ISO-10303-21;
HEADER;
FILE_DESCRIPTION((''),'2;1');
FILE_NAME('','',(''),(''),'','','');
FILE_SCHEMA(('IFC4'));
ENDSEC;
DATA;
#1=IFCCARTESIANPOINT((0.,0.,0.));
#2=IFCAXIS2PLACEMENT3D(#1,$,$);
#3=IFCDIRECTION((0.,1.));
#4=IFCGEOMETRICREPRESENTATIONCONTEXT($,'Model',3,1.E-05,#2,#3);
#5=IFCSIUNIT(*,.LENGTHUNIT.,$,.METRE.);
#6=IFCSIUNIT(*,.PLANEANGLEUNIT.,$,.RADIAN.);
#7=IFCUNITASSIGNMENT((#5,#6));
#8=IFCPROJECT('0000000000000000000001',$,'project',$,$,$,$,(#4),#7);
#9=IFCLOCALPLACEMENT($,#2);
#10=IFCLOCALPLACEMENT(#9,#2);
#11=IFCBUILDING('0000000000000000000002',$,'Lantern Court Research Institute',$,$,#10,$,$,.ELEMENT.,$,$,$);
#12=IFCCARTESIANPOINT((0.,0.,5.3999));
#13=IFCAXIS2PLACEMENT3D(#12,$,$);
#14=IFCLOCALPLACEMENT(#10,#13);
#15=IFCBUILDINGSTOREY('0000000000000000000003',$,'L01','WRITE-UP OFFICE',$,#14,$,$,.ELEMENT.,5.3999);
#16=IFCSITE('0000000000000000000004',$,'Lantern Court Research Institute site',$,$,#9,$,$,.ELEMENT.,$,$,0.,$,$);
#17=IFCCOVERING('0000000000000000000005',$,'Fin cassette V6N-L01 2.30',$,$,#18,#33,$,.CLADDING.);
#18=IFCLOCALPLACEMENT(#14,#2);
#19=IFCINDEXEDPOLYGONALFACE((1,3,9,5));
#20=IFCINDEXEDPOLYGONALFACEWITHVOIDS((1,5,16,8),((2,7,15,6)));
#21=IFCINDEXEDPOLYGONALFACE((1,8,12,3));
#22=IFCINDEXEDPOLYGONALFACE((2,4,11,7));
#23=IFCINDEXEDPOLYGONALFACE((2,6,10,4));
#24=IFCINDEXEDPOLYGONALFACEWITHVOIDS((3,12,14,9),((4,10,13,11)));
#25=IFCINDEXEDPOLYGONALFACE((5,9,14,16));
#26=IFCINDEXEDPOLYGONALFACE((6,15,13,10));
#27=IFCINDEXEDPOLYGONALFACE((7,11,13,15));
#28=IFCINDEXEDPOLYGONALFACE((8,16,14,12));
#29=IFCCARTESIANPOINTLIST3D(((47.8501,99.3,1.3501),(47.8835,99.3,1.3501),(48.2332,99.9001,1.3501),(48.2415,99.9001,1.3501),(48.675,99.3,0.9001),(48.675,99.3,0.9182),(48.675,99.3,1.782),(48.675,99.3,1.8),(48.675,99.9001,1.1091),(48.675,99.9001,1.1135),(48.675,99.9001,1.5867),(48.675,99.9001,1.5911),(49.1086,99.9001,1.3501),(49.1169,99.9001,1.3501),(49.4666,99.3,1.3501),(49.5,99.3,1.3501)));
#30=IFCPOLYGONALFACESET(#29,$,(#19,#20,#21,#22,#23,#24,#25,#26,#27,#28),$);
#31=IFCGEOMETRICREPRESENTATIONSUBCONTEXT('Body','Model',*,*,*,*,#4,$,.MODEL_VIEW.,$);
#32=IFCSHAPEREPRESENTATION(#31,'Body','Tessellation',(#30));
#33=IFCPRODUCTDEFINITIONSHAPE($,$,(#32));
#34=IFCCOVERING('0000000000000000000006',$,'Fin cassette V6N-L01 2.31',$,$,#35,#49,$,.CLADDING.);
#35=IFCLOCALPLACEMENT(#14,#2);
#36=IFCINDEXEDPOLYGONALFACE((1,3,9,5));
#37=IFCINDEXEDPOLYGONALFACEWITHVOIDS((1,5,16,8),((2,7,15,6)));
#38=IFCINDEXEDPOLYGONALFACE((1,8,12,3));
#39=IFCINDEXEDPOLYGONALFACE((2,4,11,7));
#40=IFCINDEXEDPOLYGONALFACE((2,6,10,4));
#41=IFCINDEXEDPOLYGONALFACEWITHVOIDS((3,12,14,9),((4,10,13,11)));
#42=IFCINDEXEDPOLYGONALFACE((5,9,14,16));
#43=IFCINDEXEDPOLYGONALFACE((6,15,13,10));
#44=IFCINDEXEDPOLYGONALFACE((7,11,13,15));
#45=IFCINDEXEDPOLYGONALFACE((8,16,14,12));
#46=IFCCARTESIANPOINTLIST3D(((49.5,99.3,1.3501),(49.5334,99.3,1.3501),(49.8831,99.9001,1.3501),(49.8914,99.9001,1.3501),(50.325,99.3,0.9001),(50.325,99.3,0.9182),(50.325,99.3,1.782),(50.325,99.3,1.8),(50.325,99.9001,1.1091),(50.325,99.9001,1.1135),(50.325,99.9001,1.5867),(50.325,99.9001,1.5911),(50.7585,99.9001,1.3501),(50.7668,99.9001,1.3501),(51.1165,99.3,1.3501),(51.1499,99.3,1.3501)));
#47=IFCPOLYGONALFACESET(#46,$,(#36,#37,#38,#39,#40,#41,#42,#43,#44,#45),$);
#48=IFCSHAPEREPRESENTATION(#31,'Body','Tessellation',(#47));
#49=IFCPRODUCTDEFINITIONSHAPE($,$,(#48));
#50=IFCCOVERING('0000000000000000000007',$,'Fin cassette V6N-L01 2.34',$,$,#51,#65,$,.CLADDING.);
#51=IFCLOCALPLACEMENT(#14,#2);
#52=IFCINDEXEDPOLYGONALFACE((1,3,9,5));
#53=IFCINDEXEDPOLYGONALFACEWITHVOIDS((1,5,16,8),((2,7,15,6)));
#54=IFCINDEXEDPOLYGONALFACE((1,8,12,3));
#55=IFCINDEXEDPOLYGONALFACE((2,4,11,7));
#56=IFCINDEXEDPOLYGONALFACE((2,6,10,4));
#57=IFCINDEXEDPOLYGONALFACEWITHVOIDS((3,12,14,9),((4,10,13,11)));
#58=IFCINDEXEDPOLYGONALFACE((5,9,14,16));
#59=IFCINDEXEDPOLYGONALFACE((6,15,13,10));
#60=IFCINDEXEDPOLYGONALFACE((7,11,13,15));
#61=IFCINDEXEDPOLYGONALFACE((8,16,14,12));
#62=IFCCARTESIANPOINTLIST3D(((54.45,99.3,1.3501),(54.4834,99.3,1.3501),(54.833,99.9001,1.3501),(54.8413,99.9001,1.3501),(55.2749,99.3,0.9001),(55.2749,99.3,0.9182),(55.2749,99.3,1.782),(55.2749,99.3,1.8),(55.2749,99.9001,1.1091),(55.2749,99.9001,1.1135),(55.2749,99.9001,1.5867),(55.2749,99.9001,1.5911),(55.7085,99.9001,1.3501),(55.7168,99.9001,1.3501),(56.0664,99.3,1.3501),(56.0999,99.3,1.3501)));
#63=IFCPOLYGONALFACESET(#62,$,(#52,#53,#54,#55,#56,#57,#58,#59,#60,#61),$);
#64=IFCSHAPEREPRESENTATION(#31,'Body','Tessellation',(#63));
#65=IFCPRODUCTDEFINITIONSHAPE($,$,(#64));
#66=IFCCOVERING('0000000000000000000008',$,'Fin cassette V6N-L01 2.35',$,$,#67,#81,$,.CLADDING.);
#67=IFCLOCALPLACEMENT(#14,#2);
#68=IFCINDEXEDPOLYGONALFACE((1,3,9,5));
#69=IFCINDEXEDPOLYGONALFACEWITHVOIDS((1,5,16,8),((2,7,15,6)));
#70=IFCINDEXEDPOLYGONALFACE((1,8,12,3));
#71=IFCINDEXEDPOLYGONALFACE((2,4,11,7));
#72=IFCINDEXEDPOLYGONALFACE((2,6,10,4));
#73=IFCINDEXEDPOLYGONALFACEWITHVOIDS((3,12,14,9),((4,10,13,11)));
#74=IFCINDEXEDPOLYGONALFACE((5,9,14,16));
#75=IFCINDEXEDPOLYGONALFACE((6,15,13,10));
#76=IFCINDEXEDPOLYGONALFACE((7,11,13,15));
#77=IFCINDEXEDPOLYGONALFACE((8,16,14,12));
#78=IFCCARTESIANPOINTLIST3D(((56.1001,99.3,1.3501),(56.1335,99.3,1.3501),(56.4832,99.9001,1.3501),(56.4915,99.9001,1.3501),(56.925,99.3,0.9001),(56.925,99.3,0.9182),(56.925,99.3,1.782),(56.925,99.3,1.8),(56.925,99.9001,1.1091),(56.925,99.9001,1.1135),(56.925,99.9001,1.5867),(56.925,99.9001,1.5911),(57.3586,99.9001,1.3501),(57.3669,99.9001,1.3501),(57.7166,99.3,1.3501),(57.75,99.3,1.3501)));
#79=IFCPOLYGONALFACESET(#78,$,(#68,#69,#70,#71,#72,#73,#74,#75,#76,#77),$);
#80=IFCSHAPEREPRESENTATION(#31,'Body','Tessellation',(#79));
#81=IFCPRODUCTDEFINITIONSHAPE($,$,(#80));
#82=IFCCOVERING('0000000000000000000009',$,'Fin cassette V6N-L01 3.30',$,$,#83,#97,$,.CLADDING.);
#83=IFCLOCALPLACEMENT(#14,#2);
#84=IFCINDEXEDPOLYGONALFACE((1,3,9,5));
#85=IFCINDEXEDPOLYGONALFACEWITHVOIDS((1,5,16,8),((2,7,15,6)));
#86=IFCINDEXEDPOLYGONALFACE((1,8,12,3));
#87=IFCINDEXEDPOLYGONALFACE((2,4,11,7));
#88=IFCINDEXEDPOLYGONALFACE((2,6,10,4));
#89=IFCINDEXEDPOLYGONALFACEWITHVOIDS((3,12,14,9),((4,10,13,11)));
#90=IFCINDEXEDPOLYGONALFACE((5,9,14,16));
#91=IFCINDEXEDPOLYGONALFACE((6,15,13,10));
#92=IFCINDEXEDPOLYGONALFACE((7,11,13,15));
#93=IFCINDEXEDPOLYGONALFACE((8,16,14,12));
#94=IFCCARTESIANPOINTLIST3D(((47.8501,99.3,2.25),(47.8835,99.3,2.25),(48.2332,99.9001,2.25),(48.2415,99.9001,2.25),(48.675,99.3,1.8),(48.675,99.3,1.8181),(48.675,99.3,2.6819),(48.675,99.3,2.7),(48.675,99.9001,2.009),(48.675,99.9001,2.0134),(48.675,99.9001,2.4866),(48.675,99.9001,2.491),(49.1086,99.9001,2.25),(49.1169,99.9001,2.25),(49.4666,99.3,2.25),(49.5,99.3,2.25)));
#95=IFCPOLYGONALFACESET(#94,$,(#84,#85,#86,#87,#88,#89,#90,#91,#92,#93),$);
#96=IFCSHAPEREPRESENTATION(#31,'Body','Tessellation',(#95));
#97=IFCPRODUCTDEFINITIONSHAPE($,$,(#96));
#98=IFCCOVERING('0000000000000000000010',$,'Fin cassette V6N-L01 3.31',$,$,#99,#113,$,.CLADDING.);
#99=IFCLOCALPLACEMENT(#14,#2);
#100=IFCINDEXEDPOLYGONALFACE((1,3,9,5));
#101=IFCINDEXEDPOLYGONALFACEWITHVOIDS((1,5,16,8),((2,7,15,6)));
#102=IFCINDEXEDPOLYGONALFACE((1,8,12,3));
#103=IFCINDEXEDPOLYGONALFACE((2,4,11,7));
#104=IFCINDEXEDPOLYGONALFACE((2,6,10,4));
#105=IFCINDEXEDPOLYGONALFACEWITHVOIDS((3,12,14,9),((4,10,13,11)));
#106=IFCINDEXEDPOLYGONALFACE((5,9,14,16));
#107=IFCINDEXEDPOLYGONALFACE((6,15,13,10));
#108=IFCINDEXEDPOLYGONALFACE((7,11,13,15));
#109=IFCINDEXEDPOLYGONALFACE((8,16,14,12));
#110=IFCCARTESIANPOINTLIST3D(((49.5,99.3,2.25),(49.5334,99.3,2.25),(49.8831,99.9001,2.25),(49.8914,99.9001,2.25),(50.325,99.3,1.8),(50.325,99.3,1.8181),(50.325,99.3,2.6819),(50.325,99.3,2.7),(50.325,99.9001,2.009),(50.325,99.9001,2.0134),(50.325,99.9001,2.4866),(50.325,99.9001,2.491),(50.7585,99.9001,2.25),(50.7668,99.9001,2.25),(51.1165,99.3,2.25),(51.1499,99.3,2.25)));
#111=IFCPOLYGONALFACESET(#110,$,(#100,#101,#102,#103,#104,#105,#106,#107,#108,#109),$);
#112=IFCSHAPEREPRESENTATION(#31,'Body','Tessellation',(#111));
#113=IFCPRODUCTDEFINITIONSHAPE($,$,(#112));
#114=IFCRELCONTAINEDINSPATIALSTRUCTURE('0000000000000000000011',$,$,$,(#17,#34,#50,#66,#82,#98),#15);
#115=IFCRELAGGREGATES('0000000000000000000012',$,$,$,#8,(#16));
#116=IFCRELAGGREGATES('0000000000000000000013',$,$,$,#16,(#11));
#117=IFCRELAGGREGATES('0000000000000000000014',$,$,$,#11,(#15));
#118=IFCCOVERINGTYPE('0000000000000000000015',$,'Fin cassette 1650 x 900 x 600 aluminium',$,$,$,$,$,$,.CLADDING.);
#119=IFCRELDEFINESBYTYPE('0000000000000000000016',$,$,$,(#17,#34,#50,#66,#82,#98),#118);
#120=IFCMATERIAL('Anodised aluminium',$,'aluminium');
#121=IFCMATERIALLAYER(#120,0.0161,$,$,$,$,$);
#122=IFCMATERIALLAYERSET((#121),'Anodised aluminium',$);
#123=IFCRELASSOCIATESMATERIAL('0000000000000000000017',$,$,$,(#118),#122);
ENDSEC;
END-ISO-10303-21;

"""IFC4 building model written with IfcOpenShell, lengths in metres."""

from ifc_helpers import new_model, entity, si_unit, direction, frame, origin, place, context, subcontext, project, spatial, material, layer, layer_set, type_object, element, save


model = new_model("IFC4")

# Units and contexts
model_context = context("Model", 3, precision=1e-05, world=origin(), true_north=direction((0.0, 1.0)))
body_context = subcontext(model_context, "Body", "Model", "MODEL_VIEW")
ifc_project = project(units=[si_unit("LENGTHUNIT", "METRE"), si_unit("PLANEANGLEUNIT", "RADIAN")], contexts=[model_context])

# Site, building, storey
site_placement = place(None, origin())
site = spatial("IfcSite", under=ifc_project, at=site_placement, Name="Lantern Court Research Institute site", CompositionType="ELEMENT", RefElevation=0.0)
building_placement = place(site_placement, origin())
building = spatial("IfcBuilding", under=site, at=building_placement, Name="Lantern Court Research Institute", CompositionType="ELEMENT")
storey_placement = place(building_placement, frame((0.0, 0.0, 5.3999)))
storey = spatial("IfcBuildingStorey", under=building, at=storey_placement, Name="L01", Description="WRITE-UP OFFICE", CompositionType="ELEMENT", Elevation=5.3999)

# Coverings
ifc_material_1 = material(Name="Anodised aluminium", Category="aluminium")
ifc_layer_1 = layer(ifc_material_1, 0.0161)
ifc_layer_set_1 = layer_set([ifc_layer_1], Name="Anodised aluminium")
covering_type_1 = type_object("IfcCoveringType", Name="Fin cassette 1650 x 900 x 600 aluminium", PredefinedType="CLADDING", material=ifc_layer_set_1)
covering_1_placement = place(storey_placement, frame((48.675, 99.3, 1.3501), z_axis=(0.0, 1.0, 0.0), x_axis=(-1.0, 0.0, 0.0)))
cartesian_point_1 = entity("IfcCartesianPoint", [0.825, 0.0])
cartesian_point_2 = entity("IfcCartesianPoint", [0.7915, 0.0])
cartesian_point_3 = entity("IfcCartesianPoint", [0.4419, 0.0])
cartesian_point_4 = entity("IfcCartesianPoint", [0.4336, 0.0])
element("IfcCovering", 1, at=covering_1_placement, inside=storey, type_object=covering_type_1, Name="Fin cassette V6N-L01 2.30", PredefinedType="CLADDING", context=body_context, shape_type="SweptSolid", body=[
    entity("IfcExtrudedAreaSolidTapered", entity("IfcArbitraryProfileDefWithVoids", "AREA", None, entity("IfcPolyline", [cartesian_point_1, entity("IfcCartesianPoint", [0.0, 0.45]), entity("IfcCartesianPoint", [-0.825, 0.0]), entity("IfcCartesianPoint", [0.0, -0.45]), cartesian_point_1]), [entity("IfcPolyline", [cartesian_point_2, entity("IfcCartesianPoint", [0.0, 0.4319]), entity("IfcCartesianPoint", [-0.7915, 0.0]), entity("IfcCartesianPoint", [0.0, -0.4319]), cartesian_point_2])]), entity("IfcAxis2Placement3D", entity("IfcCartesianPoint", [0.0, 0.0, 0.0])), entity("IfcDirection", [0.0, 0.0, 1.0]), 0.6001, entity("IfcArbitraryProfileDefWithVoids", "AREA", None, entity("IfcPolyline", [cartesian_point_3, entity("IfcCartesianPoint", [0.0, 0.241]), entity("IfcCartesianPoint", [-0.4419, 0.0]), entity("IfcCartesianPoint", [0.0, -0.241]), cartesian_point_3]), [entity("IfcPolyline", [cartesian_point_4, entity("IfcCartesianPoint", [0.0, 0.2366]), entity("IfcCartesianPoint", [-0.4336, 0.0]), entity("IfcCartesianPoint", [0.0, -0.2366]), cartesian_point_4])])),
])
covering_2_placement = place(storey_placement, frame((50.325, 99.3, 1.3501), z_axis=(0.0, 1.0, 0.0), x_axis=(-1.0, 0.0, 0.0)))
cartesian_point_5 = entity("IfcCartesianPoint", [0.825, 0.0])
cartesian_point_6 = entity("IfcCartesianPoint", [0.7915, 0.0])
cartesian_point_7 = entity("IfcCartesianPoint", [0.4419, 0.0])
cartesian_point_8 = entity("IfcCartesianPoint", [0.4336, 0.0])
element("IfcCovering", 2, at=covering_2_placement, inside=storey, type_object=covering_type_1, Name="Fin cassette V6N-L01 2.31", PredefinedType="CLADDING", context=body_context, shape_type="SweptSolid", body=[
    entity("IfcExtrudedAreaSolidTapered", entity("IfcArbitraryProfileDefWithVoids", "AREA", None, entity("IfcPolyline", [cartesian_point_5, entity("IfcCartesianPoint", [0.0, 0.45]), entity("IfcCartesianPoint", [-0.825, 0.0]), entity("IfcCartesianPoint", [0.0, -0.45]), cartesian_point_5]), [entity("IfcPolyline", [cartesian_point_6, entity("IfcCartesianPoint", [0.0, 0.4319]), entity("IfcCartesianPoint", [-0.7915, 0.0]), entity("IfcCartesianPoint", [0.0, -0.4319]), cartesian_point_6])]), entity("IfcAxis2Placement3D", entity("IfcCartesianPoint", [0.0, 0.0, 0.0])), entity("IfcDirection", [0.0, 0.0, 1.0]), 0.6001, entity("IfcArbitraryProfileDefWithVoids", "AREA", None, entity("IfcPolyline", [cartesian_point_7, entity("IfcCartesianPoint", [0.0, 0.241]), entity("IfcCartesianPoint", [-0.4419, 0.0]), entity("IfcCartesianPoint", [0.0, -0.241]), cartesian_point_7]), [entity("IfcPolyline", [cartesian_point_8, entity("IfcCartesianPoint", [0.0, 0.2366]), entity("IfcCartesianPoint", [-0.4336, 0.0]), entity("IfcCartesianPoint", [0.0, -0.2366]), cartesian_point_8])])),
])
covering_3_placement = place(storey_placement, frame((55.2749, 99.3, 1.3501), z_axis=(0.0, 1.0, 0.0), x_axis=(-1.0, 0.0, 0.0)))
cartesian_point_9 = entity("IfcCartesianPoint", [0.825, 0.0])
cartesian_point_10 = entity("IfcCartesianPoint", [0.7915, 0.0])
cartesian_point_11 = entity("IfcCartesianPoint", [0.4419, 0.0])
cartesian_point_12 = entity("IfcCartesianPoint", [0.4336, 0.0])
element("IfcCovering", 3, at=covering_3_placement, inside=storey, type_object=covering_type_1, Name="Fin cassette V6N-L01 2.34", PredefinedType="CLADDING", context=body_context, shape_type="SweptSolid", body=[
    entity("IfcExtrudedAreaSolidTapered", entity("IfcArbitraryProfileDefWithVoids", "AREA", None, entity("IfcPolyline", [cartesian_point_9, entity("IfcCartesianPoint", [0.0, 0.45]), entity("IfcCartesianPoint", [-0.825, 0.0]), entity("IfcCartesianPoint", [0.0, -0.45]), cartesian_point_9]), [entity("IfcPolyline", [cartesian_point_10, entity("IfcCartesianPoint", [0.0, 0.4319]), entity("IfcCartesianPoint", [-0.7915, 0.0]), entity("IfcCartesianPoint", [0.0, -0.4319]), cartesian_point_10])]), entity("IfcAxis2Placement3D", entity("IfcCartesianPoint", [0.0, 0.0, 0.0])), entity("IfcDirection", [0.0, 0.0, 1.0]), 0.6001, entity("IfcArbitraryProfileDefWithVoids", "AREA", None, entity("IfcPolyline", [cartesian_point_11, entity("IfcCartesianPoint", [0.0, 0.241]), entity("IfcCartesianPoint", [-0.4419, 0.0]), entity("IfcCartesianPoint", [0.0, -0.241]), cartesian_point_11]), [entity("IfcPolyline", [cartesian_point_12, entity("IfcCartesianPoint", [0.0, 0.2366]), entity("IfcCartesianPoint", [-0.4336, 0.0]), entity("IfcCartesianPoint", [0.0, -0.2366]), cartesian_point_12])])),
])
covering_4_placement = place(storey_placement, frame((56.925, 99.3, 1.3501), z_axis=(0.0, 1.0, 0.0), x_axis=(-1.0, 0.0, 0.0)))
cartesian_point_13 = entity("IfcCartesianPoint", [0.825, 0.0])
cartesian_point_14 = entity("IfcCartesianPoint", [0.7915, 0.0])
cartesian_point_15 = entity("IfcCartesianPoint", [0.4419, 0.0])
cartesian_point_16 = entity("IfcCartesianPoint", [0.4336, 0.0])
element("IfcCovering", 4, at=covering_4_placement, inside=storey, type_object=covering_type_1, Name="Fin cassette V6N-L01 2.35", PredefinedType="CLADDING", context=body_context, shape_type="SweptSolid", body=[
    entity("IfcExtrudedAreaSolidTapered", entity("IfcArbitraryProfileDefWithVoids", "AREA", None, entity("IfcPolyline", [cartesian_point_13, entity("IfcCartesianPoint", [0.0, 0.45]), entity("IfcCartesianPoint", [-0.825, 0.0]), entity("IfcCartesianPoint", [0.0, -0.45]), cartesian_point_13]), [entity("IfcPolyline", [cartesian_point_14, entity("IfcCartesianPoint", [0.0, 0.4319]), entity("IfcCartesianPoint", [-0.7915, 0.0]), entity("IfcCartesianPoint", [0.0, -0.4319]), cartesian_point_14])]), entity("IfcAxis2Placement3D", entity("IfcCartesianPoint", [0.0, 0.0, 0.0])), entity("IfcDirection", [0.0, 0.0, 1.0]), 0.6001, entity("IfcArbitraryProfileDefWithVoids", "AREA", None, entity("IfcPolyline", [cartesian_point_15, entity("IfcCartesianPoint", [0.0, 0.241]), entity("IfcCartesianPoint", [-0.4419, 0.0]), entity("IfcCartesianPoint", [0.0, -0.241]), cartesian_point_15]), [entity("IfcPolyline", [cartesian_point_16, entity("IfcCartesianPoint", [0.0, 0.2366]), entity("IfcCartesianPoint", [-0.4336, 0.0]), entity("IfcCartesianPoint", [0.0, -0.2366]), cartesian_point_16])])),
])
covering_5_placement = place(storey_placement, frame((48.675, 99.3, 2.25), z_axis=(0.0, 1.0, 0.0), x_axis=(-1.0, 0.0, 0.0)))
cartesian_point_17 = entity("IfcCartesianPoint", [0.825, 0.0])
cartesian_point_18 = entity("IfcCartesianPoint", [0.7915, 0.0])
cartesian_point_19 = entity("IfcCartesianPoint", [0.4419, 0.0])
cartesian_point_20 = entity("IfcCartesianPoint", [0.4336, 0.0])
element("IfcCovering", 5, at=covering_5_placement, inside=storey, type_object=covering_type_1, Name="Fin cassette V6N-L01 3.30", PredefinedType="CLADDING", context=body_context, shape_type="SweptSolid", body=[
    entity("IfcExtrudedAreaSolidTapered", entity("IfcArbitraryProfileDefWithVoids", "AREA", None, entity("IfcPolyline", [cartesian_point_17, entity("IfcCartesianPoint", [0.0, 0.45]), entity("IfcCartesianPoint", [-0.825, 0.0]), entity("IfcCartesianPoint", [0.0, -0.45]), cartesian_point_17]), [entity("IfcPolyline", [cartesian_point_18, entity("IfcCartesianPoint", [0.0, 0.4319]), entity("IfcCartesianPoint", [-0.7915, 0.0]), entity("IfcCartesianPoint", [0.0, -0.4319]), cartesian_point_18])]), entity("IfcAxis2Placement3D", entity("IfcCartesianPoint", [0.0, 0.0, 0.0])), entity("IfcDirection", [0.0, 0.0, 1.0]), 0.6001, entity("IfcArbitraryProfileDefWithVoids", "AREA", None, entity("IfcPolyline", [cartesian_point_19, entity("IfcCartesianPoint", [0.0, 0.241]), entity("IfcCartesianPoint", [-0.4419, 0.0]), entity("IfcCartesianPoint", [0.0, -0.241]), cartesian_point_19]), [entity("IfcPolyline", [cartesian_point_20, entity("IfcCartesianPoint", [0.0, 0.2366]), entity("IfcCartesianPoint", [-0.4336, 0.0]), entity("IfcCartesianPoint", [0.0, -0.2366]), cartesian_point_20])])),
])
covering_6_placement = place(storey_placement, frame((50.325, 99.3, 2.25), z_axis=(0.0, 1.0, 0.0), x_axis=(-1.0, 0.0, 0.0)))
cartesian_point_21 = entity("IfcCartesianPoint", [0.825, 0.0])
cartesian_point_22 = entity("IfcCartesianPoint", [0.7915, 0.0])
cartesian_point_23 = entity("IfcCartesianPoint", [0.4419, 0.0])
cartesian_point_24 = entity("IfcCartesianPoint", [0.4336, 0.0])
element("IfcCovering", 6, at=covering_6_placement, inside=storey, type_object=covering_type_1, Name="Fin cassette V6N-L01 3.31", PredefinedType="CLADDING", context=body_context, shape_type="SweptSolid", body=[
    entity("IfcExtrudedAreaSolidTapered", entity("IfcArbitraryProfileDefWithVoids", "AREA", None, entity("IfcPolyline", [cartesian_point_21, entity("IfcCartesianPoint", [0.0, 0.45]), entity("IfcCartesianPoint", [-0.825, 0.0]), entity("IfcCartesianPoint", [0.0, -0.45]), cartesian_point_21]), [entity("IfcPolyline", [cartesian_point_22, entity("IfcCartesianPoint", [0.0, 0.4319]), entity("IfcCartesianPoint", [-0.7915, 0.0]), entity("IfcCartesianPoint", [0.0, -0.4319]), cartesian_point_22])]), entity("IfcAxis2Placement3D", entity("IfcCartesianPoint", [0.0, 0.0, 0.0])), entity("IfcDirection", [0.0, 0.0, 1.0]), 0.6001, entity("IfcArbitraryProfileDefWithVoids", "AREA", None, entity("IfcPolyline", [cartesian_point_23, entity("IfcCartesianPoint", [0.0, 0.241]), entity("IfcCartesianPoint", [-0.4419, 0.0]), entity("IfcCartesianPoint", [0.0, -0.241]), cartesian_point_23]), [entity("IfcPolyline", [cartesian_point_24, entity("IfcCartesianPoint", [0.0, 0.2366]), entity("IfcCartesianPoint", [-0.4336, 0.0]), entity("IfcCartesianPoint", [0.0, -0.2366]), cartesian_point_24])])),
])

save(model, "model.ifc")
